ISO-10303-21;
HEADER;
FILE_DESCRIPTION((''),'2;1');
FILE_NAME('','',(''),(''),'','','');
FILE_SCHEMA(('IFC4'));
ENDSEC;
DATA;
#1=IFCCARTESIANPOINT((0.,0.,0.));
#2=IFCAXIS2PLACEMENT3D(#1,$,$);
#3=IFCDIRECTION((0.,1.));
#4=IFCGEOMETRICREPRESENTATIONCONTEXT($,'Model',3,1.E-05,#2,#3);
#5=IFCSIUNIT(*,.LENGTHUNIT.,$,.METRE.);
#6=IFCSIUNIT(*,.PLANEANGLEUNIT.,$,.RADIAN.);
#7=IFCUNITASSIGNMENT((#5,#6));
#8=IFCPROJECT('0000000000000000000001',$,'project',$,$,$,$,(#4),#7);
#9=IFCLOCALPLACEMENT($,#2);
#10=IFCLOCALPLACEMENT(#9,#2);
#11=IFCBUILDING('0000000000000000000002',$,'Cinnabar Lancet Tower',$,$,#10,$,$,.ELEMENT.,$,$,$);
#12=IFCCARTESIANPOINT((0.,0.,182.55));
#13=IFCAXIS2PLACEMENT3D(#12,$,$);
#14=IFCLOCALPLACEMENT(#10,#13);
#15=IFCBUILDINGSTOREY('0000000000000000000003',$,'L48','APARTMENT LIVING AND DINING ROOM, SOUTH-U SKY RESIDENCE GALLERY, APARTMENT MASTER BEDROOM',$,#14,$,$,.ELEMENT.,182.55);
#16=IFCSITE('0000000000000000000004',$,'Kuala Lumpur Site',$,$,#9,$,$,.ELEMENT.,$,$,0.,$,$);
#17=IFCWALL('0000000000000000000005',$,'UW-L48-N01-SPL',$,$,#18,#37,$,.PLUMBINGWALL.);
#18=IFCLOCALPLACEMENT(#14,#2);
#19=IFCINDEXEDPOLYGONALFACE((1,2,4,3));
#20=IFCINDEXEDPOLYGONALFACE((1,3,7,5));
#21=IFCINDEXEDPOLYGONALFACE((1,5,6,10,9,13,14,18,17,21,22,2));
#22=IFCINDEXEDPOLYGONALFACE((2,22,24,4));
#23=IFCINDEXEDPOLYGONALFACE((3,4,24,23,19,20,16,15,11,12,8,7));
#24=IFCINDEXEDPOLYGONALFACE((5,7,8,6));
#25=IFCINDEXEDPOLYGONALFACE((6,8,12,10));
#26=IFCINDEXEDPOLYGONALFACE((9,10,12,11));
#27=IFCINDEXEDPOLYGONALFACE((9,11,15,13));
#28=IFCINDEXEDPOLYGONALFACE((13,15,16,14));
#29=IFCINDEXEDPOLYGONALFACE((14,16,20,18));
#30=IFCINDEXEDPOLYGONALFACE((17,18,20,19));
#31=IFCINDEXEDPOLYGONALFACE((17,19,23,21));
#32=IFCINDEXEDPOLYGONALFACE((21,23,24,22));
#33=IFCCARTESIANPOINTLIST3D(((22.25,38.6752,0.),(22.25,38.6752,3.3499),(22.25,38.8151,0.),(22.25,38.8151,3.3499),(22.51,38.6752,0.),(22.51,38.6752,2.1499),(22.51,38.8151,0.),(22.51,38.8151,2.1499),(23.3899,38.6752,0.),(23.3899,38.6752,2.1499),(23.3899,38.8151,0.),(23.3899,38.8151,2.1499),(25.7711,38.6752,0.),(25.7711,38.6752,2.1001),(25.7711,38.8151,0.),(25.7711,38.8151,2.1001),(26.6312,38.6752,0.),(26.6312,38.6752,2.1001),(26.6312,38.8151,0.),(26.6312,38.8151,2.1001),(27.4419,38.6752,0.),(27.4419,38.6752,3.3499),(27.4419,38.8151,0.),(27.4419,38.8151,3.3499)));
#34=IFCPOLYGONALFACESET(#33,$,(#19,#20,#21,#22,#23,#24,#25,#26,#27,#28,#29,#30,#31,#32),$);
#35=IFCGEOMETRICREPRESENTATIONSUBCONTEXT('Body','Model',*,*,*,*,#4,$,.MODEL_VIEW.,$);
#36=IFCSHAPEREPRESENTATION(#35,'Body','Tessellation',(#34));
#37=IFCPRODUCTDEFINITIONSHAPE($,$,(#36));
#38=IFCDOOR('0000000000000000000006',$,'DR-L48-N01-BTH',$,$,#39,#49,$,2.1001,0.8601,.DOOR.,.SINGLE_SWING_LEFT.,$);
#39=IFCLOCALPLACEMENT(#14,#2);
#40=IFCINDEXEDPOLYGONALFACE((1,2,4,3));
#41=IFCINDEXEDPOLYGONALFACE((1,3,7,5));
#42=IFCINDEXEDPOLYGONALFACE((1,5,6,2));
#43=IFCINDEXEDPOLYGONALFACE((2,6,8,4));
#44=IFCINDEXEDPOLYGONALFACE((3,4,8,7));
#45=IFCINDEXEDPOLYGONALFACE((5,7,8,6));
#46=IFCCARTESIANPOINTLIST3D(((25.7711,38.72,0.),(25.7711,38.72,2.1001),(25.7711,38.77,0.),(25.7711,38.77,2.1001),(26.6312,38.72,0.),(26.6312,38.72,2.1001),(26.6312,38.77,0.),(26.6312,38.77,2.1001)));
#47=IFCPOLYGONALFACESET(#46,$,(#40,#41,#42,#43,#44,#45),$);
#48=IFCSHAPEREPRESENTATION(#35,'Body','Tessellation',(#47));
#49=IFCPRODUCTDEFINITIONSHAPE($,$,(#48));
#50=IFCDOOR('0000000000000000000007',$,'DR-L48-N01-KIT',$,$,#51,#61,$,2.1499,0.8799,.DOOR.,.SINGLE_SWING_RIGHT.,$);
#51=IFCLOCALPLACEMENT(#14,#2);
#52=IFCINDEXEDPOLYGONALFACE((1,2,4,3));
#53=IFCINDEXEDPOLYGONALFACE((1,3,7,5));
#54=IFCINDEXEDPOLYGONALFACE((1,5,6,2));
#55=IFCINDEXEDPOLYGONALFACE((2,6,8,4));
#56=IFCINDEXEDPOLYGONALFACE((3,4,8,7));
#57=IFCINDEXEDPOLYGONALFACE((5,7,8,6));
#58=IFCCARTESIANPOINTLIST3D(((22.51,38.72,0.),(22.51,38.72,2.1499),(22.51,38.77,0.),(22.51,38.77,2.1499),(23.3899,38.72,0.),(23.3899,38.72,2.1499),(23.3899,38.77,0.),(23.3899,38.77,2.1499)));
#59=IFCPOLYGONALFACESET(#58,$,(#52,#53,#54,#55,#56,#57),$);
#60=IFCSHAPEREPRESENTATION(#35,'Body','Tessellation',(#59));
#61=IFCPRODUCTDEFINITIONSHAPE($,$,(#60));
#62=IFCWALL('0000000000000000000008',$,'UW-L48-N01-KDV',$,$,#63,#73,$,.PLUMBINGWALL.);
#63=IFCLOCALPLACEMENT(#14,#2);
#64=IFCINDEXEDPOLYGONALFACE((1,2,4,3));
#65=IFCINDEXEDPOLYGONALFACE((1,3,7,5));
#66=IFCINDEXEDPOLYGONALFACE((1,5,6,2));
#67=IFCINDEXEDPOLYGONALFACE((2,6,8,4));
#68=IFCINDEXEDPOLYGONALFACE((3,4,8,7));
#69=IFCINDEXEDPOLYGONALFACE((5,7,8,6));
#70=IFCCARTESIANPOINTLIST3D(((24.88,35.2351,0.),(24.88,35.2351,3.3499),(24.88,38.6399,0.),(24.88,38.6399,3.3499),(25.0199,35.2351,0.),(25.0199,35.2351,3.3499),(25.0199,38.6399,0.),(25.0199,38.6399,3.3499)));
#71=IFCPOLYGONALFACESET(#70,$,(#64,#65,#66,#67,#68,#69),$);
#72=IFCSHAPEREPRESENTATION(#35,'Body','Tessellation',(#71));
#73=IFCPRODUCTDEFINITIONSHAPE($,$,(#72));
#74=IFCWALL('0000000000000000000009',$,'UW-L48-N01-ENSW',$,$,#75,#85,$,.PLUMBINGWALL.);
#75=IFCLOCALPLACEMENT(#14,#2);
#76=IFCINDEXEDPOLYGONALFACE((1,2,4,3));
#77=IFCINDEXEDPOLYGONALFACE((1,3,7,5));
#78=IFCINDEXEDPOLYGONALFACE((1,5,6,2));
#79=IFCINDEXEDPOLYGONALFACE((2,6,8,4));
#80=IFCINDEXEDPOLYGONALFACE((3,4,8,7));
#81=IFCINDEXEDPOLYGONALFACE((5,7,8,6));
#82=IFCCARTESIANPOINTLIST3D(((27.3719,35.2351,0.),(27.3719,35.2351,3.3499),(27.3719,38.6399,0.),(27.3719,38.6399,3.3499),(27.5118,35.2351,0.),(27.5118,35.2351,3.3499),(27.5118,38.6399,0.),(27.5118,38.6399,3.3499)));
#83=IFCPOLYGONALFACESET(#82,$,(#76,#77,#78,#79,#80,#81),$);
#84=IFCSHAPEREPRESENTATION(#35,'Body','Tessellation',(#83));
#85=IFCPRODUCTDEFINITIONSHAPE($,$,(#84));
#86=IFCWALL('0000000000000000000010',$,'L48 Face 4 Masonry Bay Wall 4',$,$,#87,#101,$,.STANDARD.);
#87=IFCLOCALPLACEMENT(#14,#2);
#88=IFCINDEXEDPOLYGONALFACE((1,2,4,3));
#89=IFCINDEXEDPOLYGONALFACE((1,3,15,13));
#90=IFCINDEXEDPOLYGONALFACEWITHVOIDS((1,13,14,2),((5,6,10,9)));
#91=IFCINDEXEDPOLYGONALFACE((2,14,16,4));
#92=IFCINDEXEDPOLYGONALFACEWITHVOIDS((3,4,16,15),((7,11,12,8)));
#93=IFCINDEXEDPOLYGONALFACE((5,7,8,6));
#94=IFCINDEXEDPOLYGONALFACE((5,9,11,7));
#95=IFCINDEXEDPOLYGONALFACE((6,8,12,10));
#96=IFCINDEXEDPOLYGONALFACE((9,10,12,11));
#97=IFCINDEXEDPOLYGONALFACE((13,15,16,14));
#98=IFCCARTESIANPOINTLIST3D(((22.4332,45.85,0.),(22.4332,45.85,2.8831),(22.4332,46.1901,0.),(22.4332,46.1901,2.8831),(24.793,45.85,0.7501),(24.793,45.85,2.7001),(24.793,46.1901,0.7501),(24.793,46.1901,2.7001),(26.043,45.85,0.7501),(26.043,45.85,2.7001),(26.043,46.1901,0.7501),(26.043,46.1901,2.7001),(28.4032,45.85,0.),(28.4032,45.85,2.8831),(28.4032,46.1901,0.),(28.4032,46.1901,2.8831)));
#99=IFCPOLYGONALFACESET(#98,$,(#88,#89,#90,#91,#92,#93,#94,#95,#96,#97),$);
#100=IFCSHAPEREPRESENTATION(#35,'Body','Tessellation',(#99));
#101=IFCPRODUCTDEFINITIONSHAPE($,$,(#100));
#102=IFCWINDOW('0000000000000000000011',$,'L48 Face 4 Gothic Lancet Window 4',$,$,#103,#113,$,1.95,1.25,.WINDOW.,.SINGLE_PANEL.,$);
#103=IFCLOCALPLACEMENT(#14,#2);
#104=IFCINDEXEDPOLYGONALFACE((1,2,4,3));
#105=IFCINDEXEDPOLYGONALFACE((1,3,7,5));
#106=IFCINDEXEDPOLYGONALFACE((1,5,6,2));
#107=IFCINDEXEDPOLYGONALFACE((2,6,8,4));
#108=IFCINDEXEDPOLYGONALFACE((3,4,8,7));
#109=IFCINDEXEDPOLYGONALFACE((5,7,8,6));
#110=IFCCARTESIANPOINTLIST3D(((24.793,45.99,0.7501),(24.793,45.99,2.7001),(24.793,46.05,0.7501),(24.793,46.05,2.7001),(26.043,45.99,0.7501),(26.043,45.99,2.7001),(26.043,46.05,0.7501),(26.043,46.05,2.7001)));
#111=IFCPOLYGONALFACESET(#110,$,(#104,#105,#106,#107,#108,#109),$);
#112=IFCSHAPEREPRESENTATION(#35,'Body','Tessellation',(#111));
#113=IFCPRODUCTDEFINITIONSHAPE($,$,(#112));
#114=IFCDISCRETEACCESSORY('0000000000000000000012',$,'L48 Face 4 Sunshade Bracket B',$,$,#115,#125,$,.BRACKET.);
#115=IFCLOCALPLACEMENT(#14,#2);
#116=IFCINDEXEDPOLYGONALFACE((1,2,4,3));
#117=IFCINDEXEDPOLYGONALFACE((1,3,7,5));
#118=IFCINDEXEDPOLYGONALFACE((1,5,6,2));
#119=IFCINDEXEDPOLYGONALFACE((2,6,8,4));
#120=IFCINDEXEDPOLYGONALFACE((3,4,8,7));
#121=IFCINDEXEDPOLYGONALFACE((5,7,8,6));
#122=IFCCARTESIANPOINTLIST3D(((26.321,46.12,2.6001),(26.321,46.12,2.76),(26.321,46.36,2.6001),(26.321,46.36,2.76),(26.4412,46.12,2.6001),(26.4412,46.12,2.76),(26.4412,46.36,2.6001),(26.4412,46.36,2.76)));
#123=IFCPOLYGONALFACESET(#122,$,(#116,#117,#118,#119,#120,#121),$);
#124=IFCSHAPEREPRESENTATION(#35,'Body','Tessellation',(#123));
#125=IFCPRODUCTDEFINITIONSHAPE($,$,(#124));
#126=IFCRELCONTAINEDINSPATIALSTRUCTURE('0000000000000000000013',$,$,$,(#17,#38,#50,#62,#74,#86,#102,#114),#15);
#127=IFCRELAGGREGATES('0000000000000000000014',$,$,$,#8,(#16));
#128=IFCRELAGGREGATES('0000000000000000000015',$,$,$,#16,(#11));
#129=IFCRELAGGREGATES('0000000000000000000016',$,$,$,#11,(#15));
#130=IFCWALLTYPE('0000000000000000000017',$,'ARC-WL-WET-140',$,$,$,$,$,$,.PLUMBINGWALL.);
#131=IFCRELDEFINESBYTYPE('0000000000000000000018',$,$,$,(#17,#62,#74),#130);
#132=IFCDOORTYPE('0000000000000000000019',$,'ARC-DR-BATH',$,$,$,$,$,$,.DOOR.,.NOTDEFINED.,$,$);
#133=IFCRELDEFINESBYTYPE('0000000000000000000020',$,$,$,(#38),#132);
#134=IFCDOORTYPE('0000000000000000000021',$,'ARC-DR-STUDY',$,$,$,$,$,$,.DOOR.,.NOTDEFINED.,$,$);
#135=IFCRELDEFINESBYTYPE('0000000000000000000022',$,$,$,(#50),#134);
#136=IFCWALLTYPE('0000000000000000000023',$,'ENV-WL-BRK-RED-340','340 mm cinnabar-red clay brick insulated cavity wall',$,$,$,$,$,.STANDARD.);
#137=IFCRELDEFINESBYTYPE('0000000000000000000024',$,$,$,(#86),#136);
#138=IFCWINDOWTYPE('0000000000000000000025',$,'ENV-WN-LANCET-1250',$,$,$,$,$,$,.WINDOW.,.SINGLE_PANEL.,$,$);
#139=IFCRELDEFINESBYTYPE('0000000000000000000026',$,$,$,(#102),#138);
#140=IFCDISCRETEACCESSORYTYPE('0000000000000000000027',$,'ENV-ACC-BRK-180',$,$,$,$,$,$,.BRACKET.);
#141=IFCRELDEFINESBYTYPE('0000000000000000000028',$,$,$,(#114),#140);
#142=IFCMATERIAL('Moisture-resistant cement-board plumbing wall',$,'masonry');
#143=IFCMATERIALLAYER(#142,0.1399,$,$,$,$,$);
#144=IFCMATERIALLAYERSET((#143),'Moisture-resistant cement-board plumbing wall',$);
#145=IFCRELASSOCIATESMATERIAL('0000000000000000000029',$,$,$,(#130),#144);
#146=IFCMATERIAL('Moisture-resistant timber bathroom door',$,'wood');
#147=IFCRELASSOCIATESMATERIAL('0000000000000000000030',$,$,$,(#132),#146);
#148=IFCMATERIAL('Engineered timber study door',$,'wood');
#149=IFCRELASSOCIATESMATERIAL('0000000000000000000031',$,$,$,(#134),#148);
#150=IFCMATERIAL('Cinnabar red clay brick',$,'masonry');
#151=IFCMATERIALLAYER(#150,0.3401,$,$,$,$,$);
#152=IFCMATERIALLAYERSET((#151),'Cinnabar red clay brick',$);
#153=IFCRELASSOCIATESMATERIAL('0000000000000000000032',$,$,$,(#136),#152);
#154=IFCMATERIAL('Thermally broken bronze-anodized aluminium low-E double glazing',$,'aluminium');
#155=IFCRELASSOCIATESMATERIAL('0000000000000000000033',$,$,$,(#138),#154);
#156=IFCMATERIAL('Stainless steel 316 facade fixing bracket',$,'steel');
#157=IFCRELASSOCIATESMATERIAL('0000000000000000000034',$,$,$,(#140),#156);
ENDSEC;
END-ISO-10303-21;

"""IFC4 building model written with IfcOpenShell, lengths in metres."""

from ifc_helpers import new_model, si_unit, direction, frame, frame_2d, origin, origin_2d, place, context, subcontext, project, spatial, rectangle, extrude, material, layer, layer_set, type_object, element, fill, save


model = new_model("IFC4")

# Units and contexts
model_context = context("Model", 3, precision=1e-05, world=origin(), true_north=direction((0.0, 1.0)))
body_context = subcontext(model_context, "Body", "Model", "MODEL_VIEW")
ifc_project = project(units=[si_unit("LENGTHUNIT", "METRE"), si_unit("PLANEANGLEUNIT", "RADIAN")], contexts=[model_context])

# Site, building, storey
site_placement = place(None, origin())
site = spatial("IfcSite", under=ifc_project, at=site_placement, Name="Kuala Lumpur Site", CompositionType="ELEMENT", RefElevation=0.0)
building_placement = place(site_placement, origin())
building = spatial("IfcBuilding", under=site, at=building_placement, Name="Cinnabar Lancet Tower", CompositionType="ELEMENT")
storey_placement = place(building_placement, frame((0.0, 0.0, 182.55)))
storey = spatial("IfcBuildingStorey", under=building, at=storey_placement, Name="L48", Description="APARTMENT LIVING AND DINING ROOM, SOUTH-U SKY RESIDENCE GALLERY, APARTMENT MASTER BEDROOM", CompositionType="ELEMENT", Elevation=182.55)

# Wall, openings, doors
ifc_material_1 = material(Name="Moisture-resistant cement-board plumbing wall", Category="masonry")
ifc_layer_1 = layer(ifc_material_1, 0.1399)
ifc_layer_set_1 = layer_set([ifc_layer_1], Name="Moisture-resistant cement-board plumbing wall")
wall_type_1 = type_object("IfcWallType", Name="ARC-WL-WET-140", PredefinedType="PLUMBINGWALL", material=ifc_layer_set_1)
wall_1_placement = place(storey_placement, frame((22.25, 38.7451, 0.0), z_axis=(0.0, 0.0, 1.0), x_axis=(1.0, 0.0, 0.0)))
wall_1 = element("IfcWall", 1, at=wall_1_placement, inside=storey, type_object=wall_type_1, Name="UW-L48-N01-SPL", PredefinedType="PLUMBINGWALL", context=body_context, shape_type="SweptSolid", body=[
    extrude(rectangle(XDim=5.1919, YDim=0.1399, at=frame_2d((2.5959, 0.0))), origin(), (0.0, 0.0, 1.0), 3.3499),
])
opening_1_placement = place(wall_1_placement, frame((3.521, 0.0, 0.0)))
opening_1 = element("IfcOpeningElement", 2, at=opening_1_placement, cuts=wall_1, PredefinedType="OPENING", context=body_context, shape_type="SweptSolid", body=[
    extrude(rectangle(XDim=0.8601, YDim=2.1001, at=frame_2d((0.4302, 1.05))), frame((0.0, 0.0798, 0.0), z_axis=(0.0, -1.0, 0.0), x_axis=(1.0, 0.0, 0.0)), (0.0, 0.0, 1.0), 0.1599),
])
opening_2_placement = place(wall_1_placement, frame((0.26, 0.0, 0.0)))
opening_2 = element("IfcOpeningElement", 3, at=opening_2_placement, cuts=wall_1, PredefinedType="OPENING", context=body_context, shape_type="SweptSolid", body=[
    extrude(rectangle(XDim=0.8799, YDim=2.1499, at=frame_2d((0.4399, 1.075))), frame((0.0, 0.0798, 0.0), z_axis=(0.0, -1.0, 0.0), x_axis=(1.0, 0.0, 0.0)), (0.0, 0.0, 1.0), 0.1599),
])
ifc_material_2 = material(Name="Moisture-resistant timber bathroom door", Category="wood")
door_type_1 = type_object("IfcDoorType", Name="ARC-DR-BATH", OperationType="NOTDEFINED", PredefinedType="DOOR", material=ifc_material_2)
door_1_placement = place(opening_1_placement, origin())
door_1 = element("IfcDoor", 4, at=door_1_placement, inside=storey, type_object=door_type_1, Name="DR-L48-N01-BTH", OperationType="SINGLE_SWING_LEFT", OverallHeight=2.1001, OverallWidth=0.8601, PredefinedType="DOOR", context=body_context, shape_type="SweptSolid", body=[
    extrude(rectangle(XDim=0.8601, YDim=2.1001, at=frame_2d((0.4302, 1.05))), frame((0.0, 0.0249, 0.0), z_axis=(0.0, -1.0, 0.0), x_axis=(1.0, 0.0, 0.0)), (0.0, 0.0, 1.0), 0.05),
])
fill(opening_1, door_1)
ifc_material_3 = material(Name="Engineered timber study door", Category="wood")
door_type_2 = type_object("IfcDoorType", Name="ARC-DR-STUDY", OperationType="NOTDEFINED", PredefinedType="DOOR", material=ifc_material_3)
door_2_placement = place(opening_2_placement, origin())
door_2 = element("IfcDoor", 5, at=door_2_placement, inside=storey, type_object=door_type_2, Name="DR-L48-N01-KIT", OperationType="SINGLE_SWING_RIGHT", OverallHeight=2.1499, OverallWidth=0.8799, PredefinedType="DOOR", context=body_context, shape_type="SweptSolid", body=[
    extrude(rectangle(XDim=0.8799, YDim=2.1499, at=frame_2d((0.4399, 1.075))), frame((0.0, 0.0249, 0.0), z_axis=(0.0, -1.0, 0.0), x_axis=(1.0, 0.0, 0.0)), (0.0, 0.0, 1.0), 0.05),
])
fill(opening_2, door_2)

# Walls
for number, where, z_axis, x_axis, name in (
    (6, (24.95, 35.2351, 0.0), (0.0, 0.0, 1.0), (0.0, 1.0, 0.0), "UW-L48-N01-KDV"),
    (7, (27.4419, 35.2351, 0.0), (0.0, 0.0, 1.0), (0.0, 1.0, 0.0), "UW-L48-N01-ENSW"),
):
    element("IfcWall", number, at=place(storey_placement, frame(where, z_axis=z_axis, x_axis=x_axis)), inside=storey, type_object=wall_type_1, Name=name, PredefinedType="PLUMBINGWALL", context=body_context, shape_type="SweptSolid", body=[
        extrude(rectangle(XDim=3.4048, YDim=0.1399, at=frame_2d((1.7024, 0.0))), origin(), (0.0, 0.0, 1.0), 3.3499),
    ])

# Wall, opening, window
ifc_material_4 = material(Name="Cinnabar red clay brick", Category="masonry")
ifc_layer_2 = layer(ifc_material_4, 0.3401)
ifc_layer_set_2 = layer_set([ifc_layer_2], Name="Cinnabar red clay brick")
wall_type_2 = type_object("IfcWallType", Name="ENV-WL-BRK-RED-340", Description="340 mm cinnabar-red clay brick insulated cavity wall", PredefinedType="STANDARD", material=ifc_layer_set_2)
wall_2_placement = place(storey_placement, frame((28.4031, 46.02, 0.0), z_axis=(0.0, 0.0, 1.0), x_axis=(-1.0, 0.0, 0.0)))
wall_2 = element("IfcWall", 8, at=wall_2_placement, inside=storey, type_object=wall_type_2, Name="L48 Face 4 Masonry Bay Wall 4", PredefinedType="STANDARD", context=body_context, shape_type="SweptSolid", body=[
    extrude(rectangle(XDim=5.97, YDim=0.3401, at=frame_2d((2.9849, 0.0))), origin(), (0.0, 0.0, 1.0), 2.8831),
])
opening_3_placement = place(wall_2_placement, frame((2.3601, 0.0, 0.75)))
opening_3 = element("IfcOpeningElement", 9, at=opening_3_placement, cuts=wall_2, PredefinedType="OPENING", context=body_context, shape_type="SweptSolid", body=[
    extrude(rectangle(XDim=1.25, YDim=1.95, at=frame_2d((0.625, 0.9751))), frame((0.0, 0.1799, 0.0), z_axis=(0.0, -1.0, 0.0), x_axis=(1.0, 0.0, 0.0)), (0.0, 0.0, 1.0), 0.3601),
])
ifc_material_5 = material(Name="Thermally broken bronze-anodized aluminium low-E double glazing", Category="aluminium")
window_type = type_object("IfcWindowType", Name="ENV-WN-LANCET-1250", PartitioningType="SINGLE_PANEL", PredefinedType="WINDOW", material=ifc_material_5)
window_placement = place(opening_3_placement, origin())
window = element("IfcWindow", 10, at=window_placement, inside=storey, type_object=window_type, Name="L48 Face 4 Gothic Lancet Window 4", OverallHeight=1.95, OverallWidth=1.25, PartitioningType="SINGLE_PANEL", PredefinedType="WINDOW", context=body_context, shape_type="SweptSolid", body=[
    extrude(rectangle(XDim=1.25, YDim=1.95, at=frame_2d((0.625, 0.9751))), frame((0.0, 0.03, 0.0), z_axis=(0.0, -1.0, 0.0), x_axis=(1.0, 0.0, 0.0)), (0.0, 0.0, 1.0), 0.0601),
])
fill(opening_3, window)

# Discrete accessory
ifc_material_6 = material(Name="Stainless steel 316 facade fixing bracket", Category="steel")
discrete_accessory_type = type_object("IfcDiscreteAccessoryType", Name="ENV-ACC-BRK-180", PredefinedType="BRACKET", material=ifc_material_6)
discrete_accessory_placement = place(storey_placement, frame((26.3811, 46.24, 2.6001), z_axis=(0.0, 0.0, 1.0), x_axis=(-1.0, 0.0, 0.0)))
element("IfcDiscreteAccessory", 11, at=discrete_accessory_placement, inside=storey, type_object=discrete_accessory_type, Name="L48 Face 4 Sunshade Bracket B", PredefinedType="BRACKET", context=body_context, shape_type="SweptSolid", body=[
    extrude(rectangle(XDim=0.1201, YDim=0.24, at=origin_2d()), origin(), (0.0, 0.0, 1.0), 0.1599),
])

save(model, "model.ifc")
